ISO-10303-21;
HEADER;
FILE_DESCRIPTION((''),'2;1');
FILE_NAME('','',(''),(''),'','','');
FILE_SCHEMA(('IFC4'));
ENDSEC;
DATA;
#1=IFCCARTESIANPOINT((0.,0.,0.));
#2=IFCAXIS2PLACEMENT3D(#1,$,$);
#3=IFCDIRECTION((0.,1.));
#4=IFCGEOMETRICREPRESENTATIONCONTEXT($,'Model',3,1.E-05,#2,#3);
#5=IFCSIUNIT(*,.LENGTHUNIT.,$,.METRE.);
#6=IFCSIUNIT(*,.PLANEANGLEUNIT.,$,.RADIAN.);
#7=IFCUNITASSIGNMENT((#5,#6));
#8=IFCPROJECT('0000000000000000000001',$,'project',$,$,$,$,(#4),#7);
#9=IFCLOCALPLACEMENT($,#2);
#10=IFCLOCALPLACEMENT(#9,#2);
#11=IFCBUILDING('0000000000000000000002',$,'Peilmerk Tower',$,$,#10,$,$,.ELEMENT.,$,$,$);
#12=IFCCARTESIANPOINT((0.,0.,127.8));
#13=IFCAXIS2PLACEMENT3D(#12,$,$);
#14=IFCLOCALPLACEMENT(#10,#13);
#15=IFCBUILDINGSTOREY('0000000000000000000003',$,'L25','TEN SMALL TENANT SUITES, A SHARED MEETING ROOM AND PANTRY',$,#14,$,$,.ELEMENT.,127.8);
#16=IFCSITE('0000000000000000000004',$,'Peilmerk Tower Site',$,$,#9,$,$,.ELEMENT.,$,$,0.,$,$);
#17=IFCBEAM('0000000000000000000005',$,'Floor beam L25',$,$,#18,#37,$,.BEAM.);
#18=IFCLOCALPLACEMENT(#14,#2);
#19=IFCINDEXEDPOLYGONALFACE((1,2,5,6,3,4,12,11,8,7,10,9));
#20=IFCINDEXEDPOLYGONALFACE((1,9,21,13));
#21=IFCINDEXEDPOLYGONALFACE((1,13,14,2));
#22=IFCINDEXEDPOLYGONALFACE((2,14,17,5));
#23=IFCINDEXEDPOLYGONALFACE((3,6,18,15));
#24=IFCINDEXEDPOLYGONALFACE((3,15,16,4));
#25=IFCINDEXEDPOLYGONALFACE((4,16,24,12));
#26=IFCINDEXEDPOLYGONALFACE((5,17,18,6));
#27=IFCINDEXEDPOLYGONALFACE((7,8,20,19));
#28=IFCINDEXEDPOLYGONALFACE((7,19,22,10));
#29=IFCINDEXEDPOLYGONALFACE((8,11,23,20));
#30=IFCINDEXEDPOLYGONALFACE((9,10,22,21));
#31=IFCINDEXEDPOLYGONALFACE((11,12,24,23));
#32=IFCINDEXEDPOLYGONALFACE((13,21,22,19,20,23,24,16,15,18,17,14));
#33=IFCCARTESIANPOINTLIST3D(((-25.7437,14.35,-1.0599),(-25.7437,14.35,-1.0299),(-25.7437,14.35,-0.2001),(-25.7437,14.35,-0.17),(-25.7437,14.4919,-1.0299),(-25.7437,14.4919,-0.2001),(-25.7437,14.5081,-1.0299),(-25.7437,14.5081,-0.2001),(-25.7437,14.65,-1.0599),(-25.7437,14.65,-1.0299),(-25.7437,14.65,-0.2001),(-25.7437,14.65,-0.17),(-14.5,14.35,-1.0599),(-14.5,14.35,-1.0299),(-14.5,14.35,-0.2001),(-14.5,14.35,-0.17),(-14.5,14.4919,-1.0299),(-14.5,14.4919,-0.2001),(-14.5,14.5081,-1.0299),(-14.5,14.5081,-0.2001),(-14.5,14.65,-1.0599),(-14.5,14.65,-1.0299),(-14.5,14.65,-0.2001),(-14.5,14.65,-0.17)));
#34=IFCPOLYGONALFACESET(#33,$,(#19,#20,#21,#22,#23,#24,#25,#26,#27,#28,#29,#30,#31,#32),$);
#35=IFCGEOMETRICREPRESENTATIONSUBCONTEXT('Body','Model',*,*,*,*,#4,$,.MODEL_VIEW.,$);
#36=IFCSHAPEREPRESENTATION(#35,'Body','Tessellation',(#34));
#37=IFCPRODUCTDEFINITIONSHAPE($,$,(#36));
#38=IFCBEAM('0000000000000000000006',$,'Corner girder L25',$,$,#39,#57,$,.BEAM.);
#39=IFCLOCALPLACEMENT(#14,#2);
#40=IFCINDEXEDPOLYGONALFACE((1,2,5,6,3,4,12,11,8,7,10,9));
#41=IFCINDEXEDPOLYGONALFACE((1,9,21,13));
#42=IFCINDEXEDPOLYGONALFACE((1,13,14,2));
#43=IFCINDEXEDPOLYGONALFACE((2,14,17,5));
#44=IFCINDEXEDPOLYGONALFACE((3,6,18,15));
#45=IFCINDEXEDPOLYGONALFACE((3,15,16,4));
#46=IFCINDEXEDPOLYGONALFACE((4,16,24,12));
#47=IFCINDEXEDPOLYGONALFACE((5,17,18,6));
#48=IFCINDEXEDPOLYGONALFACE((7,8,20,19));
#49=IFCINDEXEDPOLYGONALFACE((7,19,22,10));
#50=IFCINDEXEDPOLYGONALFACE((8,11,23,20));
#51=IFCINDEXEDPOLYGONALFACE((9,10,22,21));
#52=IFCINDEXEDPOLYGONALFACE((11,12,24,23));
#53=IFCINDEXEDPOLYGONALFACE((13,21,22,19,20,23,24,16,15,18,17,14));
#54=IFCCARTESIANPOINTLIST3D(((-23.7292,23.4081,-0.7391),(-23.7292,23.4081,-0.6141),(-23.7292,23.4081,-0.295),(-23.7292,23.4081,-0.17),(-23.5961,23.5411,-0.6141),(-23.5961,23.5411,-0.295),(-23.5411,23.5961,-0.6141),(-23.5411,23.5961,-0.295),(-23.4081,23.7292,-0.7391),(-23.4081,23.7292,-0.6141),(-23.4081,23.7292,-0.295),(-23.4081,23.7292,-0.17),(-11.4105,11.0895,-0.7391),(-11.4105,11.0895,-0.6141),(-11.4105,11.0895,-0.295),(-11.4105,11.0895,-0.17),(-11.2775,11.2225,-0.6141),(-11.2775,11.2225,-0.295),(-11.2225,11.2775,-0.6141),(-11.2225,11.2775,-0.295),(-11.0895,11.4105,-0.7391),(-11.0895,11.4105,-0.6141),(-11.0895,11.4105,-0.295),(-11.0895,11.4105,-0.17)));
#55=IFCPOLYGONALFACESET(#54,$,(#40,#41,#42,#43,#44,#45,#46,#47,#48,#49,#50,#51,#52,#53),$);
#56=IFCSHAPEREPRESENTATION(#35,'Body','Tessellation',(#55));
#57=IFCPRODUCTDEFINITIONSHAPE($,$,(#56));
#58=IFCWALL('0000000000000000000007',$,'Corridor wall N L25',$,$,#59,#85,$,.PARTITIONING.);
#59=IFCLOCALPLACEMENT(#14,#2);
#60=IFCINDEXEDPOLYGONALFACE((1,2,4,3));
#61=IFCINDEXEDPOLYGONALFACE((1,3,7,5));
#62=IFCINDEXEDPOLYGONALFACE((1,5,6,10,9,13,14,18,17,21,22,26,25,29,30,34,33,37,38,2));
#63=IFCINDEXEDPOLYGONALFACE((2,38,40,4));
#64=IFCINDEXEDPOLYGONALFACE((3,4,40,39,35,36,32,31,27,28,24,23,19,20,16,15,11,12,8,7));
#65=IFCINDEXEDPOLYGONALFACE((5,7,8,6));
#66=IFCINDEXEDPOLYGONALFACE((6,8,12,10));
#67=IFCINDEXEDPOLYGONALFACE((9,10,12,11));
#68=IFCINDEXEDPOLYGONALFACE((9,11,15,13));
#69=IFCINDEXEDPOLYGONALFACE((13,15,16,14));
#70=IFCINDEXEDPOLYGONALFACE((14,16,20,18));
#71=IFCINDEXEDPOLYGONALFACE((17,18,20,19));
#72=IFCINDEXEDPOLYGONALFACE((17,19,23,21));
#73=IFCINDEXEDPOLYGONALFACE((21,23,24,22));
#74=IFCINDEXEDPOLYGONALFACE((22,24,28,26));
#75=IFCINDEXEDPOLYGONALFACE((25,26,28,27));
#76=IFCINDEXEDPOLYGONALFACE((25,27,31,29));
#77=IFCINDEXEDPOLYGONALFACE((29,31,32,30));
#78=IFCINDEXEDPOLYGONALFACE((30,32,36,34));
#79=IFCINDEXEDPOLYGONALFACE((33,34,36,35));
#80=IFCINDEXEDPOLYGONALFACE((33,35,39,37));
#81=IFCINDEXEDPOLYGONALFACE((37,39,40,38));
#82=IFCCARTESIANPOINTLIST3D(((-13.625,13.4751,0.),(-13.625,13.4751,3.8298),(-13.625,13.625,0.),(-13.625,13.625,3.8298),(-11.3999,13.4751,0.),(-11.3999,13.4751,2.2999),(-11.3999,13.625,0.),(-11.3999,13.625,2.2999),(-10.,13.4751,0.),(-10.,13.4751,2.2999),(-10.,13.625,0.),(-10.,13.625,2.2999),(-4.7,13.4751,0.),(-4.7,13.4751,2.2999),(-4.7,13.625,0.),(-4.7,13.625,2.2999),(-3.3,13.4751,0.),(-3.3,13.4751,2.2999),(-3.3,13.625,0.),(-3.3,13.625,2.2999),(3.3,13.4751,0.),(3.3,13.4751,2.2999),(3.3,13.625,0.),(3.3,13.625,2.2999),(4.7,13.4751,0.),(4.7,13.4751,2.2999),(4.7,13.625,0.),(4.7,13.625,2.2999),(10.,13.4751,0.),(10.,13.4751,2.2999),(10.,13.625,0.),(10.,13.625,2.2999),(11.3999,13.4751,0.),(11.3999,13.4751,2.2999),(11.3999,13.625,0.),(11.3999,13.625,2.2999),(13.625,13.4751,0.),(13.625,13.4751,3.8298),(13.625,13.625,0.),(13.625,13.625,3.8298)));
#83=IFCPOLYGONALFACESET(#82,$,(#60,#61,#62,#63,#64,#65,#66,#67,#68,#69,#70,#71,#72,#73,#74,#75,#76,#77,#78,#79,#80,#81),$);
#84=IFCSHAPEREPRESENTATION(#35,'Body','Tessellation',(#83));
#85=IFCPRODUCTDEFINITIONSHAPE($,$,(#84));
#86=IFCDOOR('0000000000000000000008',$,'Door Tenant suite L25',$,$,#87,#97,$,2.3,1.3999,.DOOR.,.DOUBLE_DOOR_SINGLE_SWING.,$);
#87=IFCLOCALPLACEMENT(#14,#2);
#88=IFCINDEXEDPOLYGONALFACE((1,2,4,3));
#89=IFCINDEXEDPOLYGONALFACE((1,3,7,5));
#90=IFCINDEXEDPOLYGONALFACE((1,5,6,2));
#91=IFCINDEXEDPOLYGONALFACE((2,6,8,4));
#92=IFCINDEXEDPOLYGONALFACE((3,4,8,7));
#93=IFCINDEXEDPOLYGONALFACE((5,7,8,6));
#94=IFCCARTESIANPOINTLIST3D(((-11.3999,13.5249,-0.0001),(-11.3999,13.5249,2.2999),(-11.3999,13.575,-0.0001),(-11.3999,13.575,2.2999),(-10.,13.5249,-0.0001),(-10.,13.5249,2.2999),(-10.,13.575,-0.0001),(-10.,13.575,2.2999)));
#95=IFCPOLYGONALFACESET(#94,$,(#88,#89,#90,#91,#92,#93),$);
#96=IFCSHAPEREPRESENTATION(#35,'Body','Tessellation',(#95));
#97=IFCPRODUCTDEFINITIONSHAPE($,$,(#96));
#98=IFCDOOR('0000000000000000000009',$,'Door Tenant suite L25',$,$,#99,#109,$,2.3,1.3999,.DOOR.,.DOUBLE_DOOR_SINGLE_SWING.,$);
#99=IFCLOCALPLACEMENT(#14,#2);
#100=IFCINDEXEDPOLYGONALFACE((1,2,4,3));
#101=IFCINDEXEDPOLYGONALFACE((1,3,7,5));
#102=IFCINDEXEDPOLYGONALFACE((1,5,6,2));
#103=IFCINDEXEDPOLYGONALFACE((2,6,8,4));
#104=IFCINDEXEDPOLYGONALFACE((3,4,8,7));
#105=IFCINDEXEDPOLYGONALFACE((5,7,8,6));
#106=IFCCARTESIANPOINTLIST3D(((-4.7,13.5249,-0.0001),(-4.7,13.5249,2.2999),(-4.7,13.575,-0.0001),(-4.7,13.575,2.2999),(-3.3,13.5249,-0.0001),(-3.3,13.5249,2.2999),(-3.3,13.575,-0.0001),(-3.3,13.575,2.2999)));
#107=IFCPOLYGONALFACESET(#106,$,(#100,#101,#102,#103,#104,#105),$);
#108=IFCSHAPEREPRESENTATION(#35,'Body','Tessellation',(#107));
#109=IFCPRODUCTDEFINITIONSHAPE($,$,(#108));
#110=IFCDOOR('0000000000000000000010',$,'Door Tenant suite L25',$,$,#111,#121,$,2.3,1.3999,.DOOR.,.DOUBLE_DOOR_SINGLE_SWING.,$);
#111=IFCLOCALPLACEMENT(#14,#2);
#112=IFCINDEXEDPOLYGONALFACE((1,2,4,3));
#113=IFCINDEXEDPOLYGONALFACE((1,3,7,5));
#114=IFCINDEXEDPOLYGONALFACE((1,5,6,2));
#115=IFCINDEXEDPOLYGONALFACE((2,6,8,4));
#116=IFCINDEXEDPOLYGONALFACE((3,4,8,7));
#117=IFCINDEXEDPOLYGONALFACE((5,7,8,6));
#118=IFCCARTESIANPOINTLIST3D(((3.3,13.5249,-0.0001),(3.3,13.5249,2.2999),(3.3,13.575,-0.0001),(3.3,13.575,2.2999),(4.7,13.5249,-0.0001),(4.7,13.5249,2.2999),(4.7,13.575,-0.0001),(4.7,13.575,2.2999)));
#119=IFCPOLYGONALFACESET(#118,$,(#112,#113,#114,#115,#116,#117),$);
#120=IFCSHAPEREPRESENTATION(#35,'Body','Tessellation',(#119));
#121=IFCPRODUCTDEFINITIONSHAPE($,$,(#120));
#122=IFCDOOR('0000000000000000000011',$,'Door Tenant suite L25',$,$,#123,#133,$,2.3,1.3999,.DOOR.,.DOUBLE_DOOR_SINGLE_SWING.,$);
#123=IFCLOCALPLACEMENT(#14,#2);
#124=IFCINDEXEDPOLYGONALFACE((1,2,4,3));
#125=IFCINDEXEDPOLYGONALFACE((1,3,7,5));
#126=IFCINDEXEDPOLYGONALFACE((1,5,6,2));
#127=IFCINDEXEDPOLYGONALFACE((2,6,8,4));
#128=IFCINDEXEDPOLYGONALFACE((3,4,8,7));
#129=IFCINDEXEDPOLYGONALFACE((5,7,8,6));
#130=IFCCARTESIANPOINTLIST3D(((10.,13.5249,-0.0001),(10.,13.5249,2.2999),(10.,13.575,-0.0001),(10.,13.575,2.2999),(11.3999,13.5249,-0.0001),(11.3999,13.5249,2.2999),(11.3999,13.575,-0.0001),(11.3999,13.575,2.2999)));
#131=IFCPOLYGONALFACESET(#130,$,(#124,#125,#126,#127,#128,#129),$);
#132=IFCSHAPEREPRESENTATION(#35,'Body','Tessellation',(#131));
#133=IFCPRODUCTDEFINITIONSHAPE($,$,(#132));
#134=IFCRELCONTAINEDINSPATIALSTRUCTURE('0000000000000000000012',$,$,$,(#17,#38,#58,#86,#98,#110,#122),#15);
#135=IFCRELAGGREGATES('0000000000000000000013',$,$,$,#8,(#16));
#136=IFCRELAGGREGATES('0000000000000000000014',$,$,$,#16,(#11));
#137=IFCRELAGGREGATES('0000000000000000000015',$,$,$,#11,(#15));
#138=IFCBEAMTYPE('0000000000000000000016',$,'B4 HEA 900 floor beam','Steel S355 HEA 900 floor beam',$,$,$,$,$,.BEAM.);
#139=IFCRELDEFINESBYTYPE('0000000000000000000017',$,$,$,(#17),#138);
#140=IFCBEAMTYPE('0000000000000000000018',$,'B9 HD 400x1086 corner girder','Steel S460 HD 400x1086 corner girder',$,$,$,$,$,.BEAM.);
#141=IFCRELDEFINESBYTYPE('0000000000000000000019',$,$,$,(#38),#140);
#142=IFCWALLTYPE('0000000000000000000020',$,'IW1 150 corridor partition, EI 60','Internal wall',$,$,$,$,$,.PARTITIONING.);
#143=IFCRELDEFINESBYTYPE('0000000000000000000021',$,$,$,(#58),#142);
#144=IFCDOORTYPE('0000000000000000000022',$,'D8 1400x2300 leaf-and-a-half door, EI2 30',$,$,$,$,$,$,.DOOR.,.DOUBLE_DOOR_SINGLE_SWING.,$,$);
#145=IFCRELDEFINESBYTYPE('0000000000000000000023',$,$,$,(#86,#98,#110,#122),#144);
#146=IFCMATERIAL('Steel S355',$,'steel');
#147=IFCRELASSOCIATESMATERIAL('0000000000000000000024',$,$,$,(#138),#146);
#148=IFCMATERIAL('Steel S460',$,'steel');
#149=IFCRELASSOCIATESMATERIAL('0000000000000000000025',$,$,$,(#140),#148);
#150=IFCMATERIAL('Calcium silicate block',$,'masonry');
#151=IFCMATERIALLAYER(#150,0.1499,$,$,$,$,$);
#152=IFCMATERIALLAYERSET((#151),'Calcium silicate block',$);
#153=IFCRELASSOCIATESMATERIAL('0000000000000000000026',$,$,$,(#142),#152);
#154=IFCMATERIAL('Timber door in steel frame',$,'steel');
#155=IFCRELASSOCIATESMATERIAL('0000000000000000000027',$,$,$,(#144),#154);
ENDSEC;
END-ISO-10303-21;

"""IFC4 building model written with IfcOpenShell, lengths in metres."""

from ifc_helpers import new_model, si_unit, direction, frame, frame_2d, origin, origin_2d, place, context, subcontext, project, spatial, rectangle, i_section, extrude, material, layer, layer_set, material_profile, profile_set, type_object, element, fill, save


model = new_model("IFC4")

# Units and contexts
model_context = context("Model", 3, precision=1e-05, world=origin(), true_north=direction((0.0, 1.0)))
body_context = subcontext(model_context, "Body", "Model", "MODEL_VIEW")
ifc_project = project(units=[si_unit("LENGTHUNIT", "METRE"), si_unit("PLANEANGLEUNIT", "RADIAN")], contexts=[model_context])

# Site, building, storey
site_placement = place(None, origin())
site = spatial("IfcSite", under=ifc_project, at=site_placement, Name="Peilmerk Tower Site", CompositionType="ELEMENT", RefElevation=0.0)
building_placement = place(site_placement, origin())
building = spatial("IfcBuilding", under=site, at=building_placement, Name="Peilmerk Tower", CompositionType="ELEMENT")
storey_placement = place(building_placement, frame((0.0, 0.0, 127.8)))
storey = spatial("IfcBuildingStorey", under=building, at=storey_placement, Name="L25", Description="TEN SMALL TENANT SUITES, A SHARED MEETING ROOM AND PANTRY", CompositionType="ELEMENT", Elevation=127.8)

# Beams
ifc_material_1 = material(Name="Steel S355", Category="steel")
ifc_material_profile_1 = material_profile(ifc_material_1, i_section(OverallWidth=0.3, OverallDepth=0.8899, WebThickness=0.0161, FlangeThickness=0.03, at=origin_2d()), Name="HEA 900")
ifc_profile_set_1 = profile_set([ifc_material_profile_1], Name="Steel S355")
beam_type_1 = type_object("IfcBeamType", Name="B4 HEA 900 floor beam", Description="Steel S355 HEA 900 floor beam", PredefinedType="BEAM", material=ifc_profile_set_1)
beam_1_placement = place(storey_placement, frame((-14.5, 14.5, -0.615), z_axis=(-1.0, 0.0, 0.0), x_axis=(0.0, -1.0, 0.0)))
element("IfcBeam", 1, at=beam_1_placement, inside=storey, type_object=beam_type_1, Name="Floor beam L25", PredefinedType="BEAM", context=body_context, shape_type="SweptSolid", body=[
    extrude(i_section(OverallWidth=0.3, OverallDepth=0.8899, WebThickness=0.0161, FlangeThickness=0.03, at=origin_2d()), origin(), (0.0, 0.0, 1.0), 11.2437),
])
ifc_material_2 = material(Name="Steel S460", Category="steel")
ifc_material_profile_2 = material_profile(ifc_material_2, i_section(OverallWidth=0.4541, OverallDepth=0.5691, WebThickness=0.0779, FlangeThickness=0.125, at=origin_2d()), Name="HD 400x1086")
ifc_profile_set_2 = profile_set([ifc_material_profile_2], Name="Steel S460")
beam_type_2 = type_object("IfcBeamType", Name="B9 HD 400x1086 corner girder", Description="Steel S460 HD 400x1086 corner girder", PredefinedType="BEAM", material=ifc_profile_set_2)
beam_2_placement = place(storey_placement, frame((-11.25, 11.25, -0.4546), z_axis=(-0.707107, 0.707107, 0.0), x_axis=(-0.707107, -0.707107, 0.0)))
element("IfcBeam", 2, at=beam_2_placement, inside=storey, type_object=beam_type_2, Name="Corner girder L25", PredefinedType="BEAM", context=body_context, shape_type="SweptSolid", body=[
    extrude(i_section(OverallWidth=0.4541, OverallDepth=0.5691, WebThickness=0.0779, FlangeThickness=0.125, at=origin_2d()), origin(), (0.0, 0.0, 1.0), 17.4211),
])

# Wall, openings, doors
ifc_material_3 = material(Name="Calcium silicate block", Category="masonry")
ifc_layer_1 = layer(ifc_material_3, 0.1499)
ifc_layer_set_1 = layer_set([ifc_layer_1], Name="Calcium silicate block")
wall_type_1 = type_object("IfcWallType", Name="IW1 150 corridor partition, EI 60", Description="Internal wall", PredefinedType="PARTITIONING", material=ifc_layer_set_1)
wall_1_placement = place(storey_placement, frame((-13.625, 13.55, 0.0), z_axis=(0.0, 0.0, 1.0), x_axis=(1.0, 0.0, 0.0)))
wall_1 = element("IfcWall", 3, at=wall_1_placement, inside=storey, type_object=wall_type_1, Name="Corridor wall N L25", PredefinedType="PARTITIONING", context=body_context, shape_type="SweptSolid", body=[
    extrude(rectangle(XDim=27.25, YDim=0.1499, at=frame_2d((13.625, 0.0))), origin(), (0.0, 0.0, 1.0), 3.8298),
])
opening_1_placement = place(wall_1_placement, frame((2.2251, 0.0, 0.0)))
opening_1 = element("IfcOpeningElement", 4, at=opening_1_placement, cuts=wall_1, PredefinedType="OPENING", context=body_context, shape_type="SweptSolid", body=[
    extrude(rectangle(XDim=1.3999, YDim=2.3, at=frame_2d((0.7, 1.1499))), frame((0.0, 0.085, 0.0), z_axis=(0.0, -1.0, 0.0), x_axis=(1.0, 0.0, 0.0)), (0.0, 0.0, 1.0), 0.1699),
])
opening_2_placement = place(wall_1_placement, frame((8.925, 0.0, 0.0)))
opening_2 = element("IfcOpeningElement", 5, at=opening_2_placement, cuts=wall_1, PredefinedType="OPENING", context=body_context, shape_type="SweptSolid", body=[
    extrude(rectangle(XDim=1.3999, YDim=2.3, at=frame_2d((0.7, 1.1499))), frame((0.0, 0.085, 0.0), z_axis=(0.0, -1.0, 0.0), x_axis=(1.0, 0.0, 0.0)), (0.0, 0.0, 1.0), 0.1699),
])
opening_3_placement = place(wall_1_placement, frame((16.925, 0.0, 0.0)))
opening_3 = element("IfcOpeningElement", 6, at=opening_3_placement, cuts=wall_1, PredefinedType="OPENING", context=body_context, shape_type="SweptSolid", body=[
    extrude(rectangle(XDim=1.3999, YDim=2.3, at=frame_2d((0.7, 1.1499))), frame((0.0, 0.085, 0.0), z_axis=(0.0, -1.0, 0.0), x_axis=(1.0, 0.0, 0.0)), (0.0, 0.0, 1.0), 0.1699),
])
opening_4_placement = place(wall_1_placement, frame((23.625, 0.0, 0.0)))
opening_4 = element("IfcOpeningElement", 7, at=opening_4_placement, cuts=wall_1, PredefinedType="OPENING", context=body_context, shape_type="SweptSolid", body=[
    extrude(rectangle(XDim=1.3999, YDim=2.3, at=frame_2d((0.7, 1.1499))), frame((0.0, 0.085, 0.0), z_axis=(0.0, -1.0, 0.0), x_axis=(1.0, 0.0, 0.0)), (0.0, 0.0, 1.0), 0.1699),
])
ifc_material_4 = material(Name="Timber door in steel frame", Category="steel")
door_type_1 = type_object("IfcDoorType", Name="D8 1400x2300 leaf-and-a-half door, EI2 30", OperationType="DOUBLE_DOOR_SINGLE_SWING", PredefinedType="DOOR", material=ifc_material_4)
door_1_placement = place(opening_1_placement, origin())
door_1 = element("IfcDoor", 8, at=door_1_placement, inside=storey, type_object=door_type_1, Name="Door Tenant suite L25", OperationType="DOUBLE_DOOR_SINGLE_SWING", OverallHeight=2.3, OverallWidth=1.3999, PredefinedType="DOOR", context=body_context, shape_type="SweptSolid", body=[
    extrude(rectangle(XDim=1.3999, YDim=2.3, at=frame_2d((0.7, 1.1499))), frame((0.0, 0.0249, 0.0), z_axis=(0.0, -1.0, 0.0), x_axis=(1.0, 0.0, 0.0)), (0.0, 0.0, 1.0), 0.05),
])
fill(opening_1, door_1)
door_2_placement = place(opening_2_placement, origin())
door_2 = element("IfcDoor", 9, at=door_2_placement, inside=storey, type_object=door_type_1, Name="Door Tenant suite L25", OperationType="DOUBLE_DOOR_SINGLE_SWING", OverallHeight=2.3, OverallWidth=1.3999, PredefinedType="DOOR", context=body_context, shape_type="SweptSolid", body=[
    extrude(rectangle(XDim=1.3999, YDim=2.3, at=frame_2d((0.7, 1.1499))), frame((0.0, 0.0249, 0.0), z_axis=(0.0, -1.0, 0.0), x_axis=(1.0, 0.0, 0.0)), (0.0, 0.0, 1.0), 0.05),
])
fill(opening_2, door_2)
door_3_placement = place(opening_3_placement, origin())
door_3 = element("IfcDoor", 10, at=door_3_placement, inside=storey, type_object=door_type_1, Name="Door Tenant suite L25", OperationType="DOUBLE_DOOR_SINGLE_SWING", OverallHeight=2.3, OverallWidth=1.3999, PredefinedType="DOOR", context=body_context, shape_type="SweptSolid", body=[
    extrude(rectangle(XDim=1.3999, YDim=2.3, at=frame_2d((0.7, 1.1499))), frame((0.0, 0.0249, 0.0), z_axis=(0.0, -1.0, 0.0), x_axis=(1.0, 0.0, 0.0)), (0.0, 0.0, 1.0), 0.05),
])
fill(opening_3, door_3)
door_4_placement = place(opening_4_placement, origin())
door_4 = element("IfcDoor", 11, at=door_4_placement, inside=storey, type_object=door_type_1, Name="Door Tenant suite L25", OperationType="DOUBLE_DOOR_SINGLE_SWING", OverallHeight=2.3, OverallWidth=1.3999, PredefinedType="DOOR", context=body_context, shape_type="SweptSolid", body=[
    extrude(rectangle(XDim=1.3999, YDim=2.3, at=frame_2d((0.7, 1.1499))), frame((0.0, 0.0249, 0.0), z_axis=(0.0, -1.0, 0.0), x_axis=(1.0, 0.0, 0.0)), (0.0, 0.0, 1.0), 0.05),
])
fill(opening_4, door_4)

save(model, "model.ifc")
